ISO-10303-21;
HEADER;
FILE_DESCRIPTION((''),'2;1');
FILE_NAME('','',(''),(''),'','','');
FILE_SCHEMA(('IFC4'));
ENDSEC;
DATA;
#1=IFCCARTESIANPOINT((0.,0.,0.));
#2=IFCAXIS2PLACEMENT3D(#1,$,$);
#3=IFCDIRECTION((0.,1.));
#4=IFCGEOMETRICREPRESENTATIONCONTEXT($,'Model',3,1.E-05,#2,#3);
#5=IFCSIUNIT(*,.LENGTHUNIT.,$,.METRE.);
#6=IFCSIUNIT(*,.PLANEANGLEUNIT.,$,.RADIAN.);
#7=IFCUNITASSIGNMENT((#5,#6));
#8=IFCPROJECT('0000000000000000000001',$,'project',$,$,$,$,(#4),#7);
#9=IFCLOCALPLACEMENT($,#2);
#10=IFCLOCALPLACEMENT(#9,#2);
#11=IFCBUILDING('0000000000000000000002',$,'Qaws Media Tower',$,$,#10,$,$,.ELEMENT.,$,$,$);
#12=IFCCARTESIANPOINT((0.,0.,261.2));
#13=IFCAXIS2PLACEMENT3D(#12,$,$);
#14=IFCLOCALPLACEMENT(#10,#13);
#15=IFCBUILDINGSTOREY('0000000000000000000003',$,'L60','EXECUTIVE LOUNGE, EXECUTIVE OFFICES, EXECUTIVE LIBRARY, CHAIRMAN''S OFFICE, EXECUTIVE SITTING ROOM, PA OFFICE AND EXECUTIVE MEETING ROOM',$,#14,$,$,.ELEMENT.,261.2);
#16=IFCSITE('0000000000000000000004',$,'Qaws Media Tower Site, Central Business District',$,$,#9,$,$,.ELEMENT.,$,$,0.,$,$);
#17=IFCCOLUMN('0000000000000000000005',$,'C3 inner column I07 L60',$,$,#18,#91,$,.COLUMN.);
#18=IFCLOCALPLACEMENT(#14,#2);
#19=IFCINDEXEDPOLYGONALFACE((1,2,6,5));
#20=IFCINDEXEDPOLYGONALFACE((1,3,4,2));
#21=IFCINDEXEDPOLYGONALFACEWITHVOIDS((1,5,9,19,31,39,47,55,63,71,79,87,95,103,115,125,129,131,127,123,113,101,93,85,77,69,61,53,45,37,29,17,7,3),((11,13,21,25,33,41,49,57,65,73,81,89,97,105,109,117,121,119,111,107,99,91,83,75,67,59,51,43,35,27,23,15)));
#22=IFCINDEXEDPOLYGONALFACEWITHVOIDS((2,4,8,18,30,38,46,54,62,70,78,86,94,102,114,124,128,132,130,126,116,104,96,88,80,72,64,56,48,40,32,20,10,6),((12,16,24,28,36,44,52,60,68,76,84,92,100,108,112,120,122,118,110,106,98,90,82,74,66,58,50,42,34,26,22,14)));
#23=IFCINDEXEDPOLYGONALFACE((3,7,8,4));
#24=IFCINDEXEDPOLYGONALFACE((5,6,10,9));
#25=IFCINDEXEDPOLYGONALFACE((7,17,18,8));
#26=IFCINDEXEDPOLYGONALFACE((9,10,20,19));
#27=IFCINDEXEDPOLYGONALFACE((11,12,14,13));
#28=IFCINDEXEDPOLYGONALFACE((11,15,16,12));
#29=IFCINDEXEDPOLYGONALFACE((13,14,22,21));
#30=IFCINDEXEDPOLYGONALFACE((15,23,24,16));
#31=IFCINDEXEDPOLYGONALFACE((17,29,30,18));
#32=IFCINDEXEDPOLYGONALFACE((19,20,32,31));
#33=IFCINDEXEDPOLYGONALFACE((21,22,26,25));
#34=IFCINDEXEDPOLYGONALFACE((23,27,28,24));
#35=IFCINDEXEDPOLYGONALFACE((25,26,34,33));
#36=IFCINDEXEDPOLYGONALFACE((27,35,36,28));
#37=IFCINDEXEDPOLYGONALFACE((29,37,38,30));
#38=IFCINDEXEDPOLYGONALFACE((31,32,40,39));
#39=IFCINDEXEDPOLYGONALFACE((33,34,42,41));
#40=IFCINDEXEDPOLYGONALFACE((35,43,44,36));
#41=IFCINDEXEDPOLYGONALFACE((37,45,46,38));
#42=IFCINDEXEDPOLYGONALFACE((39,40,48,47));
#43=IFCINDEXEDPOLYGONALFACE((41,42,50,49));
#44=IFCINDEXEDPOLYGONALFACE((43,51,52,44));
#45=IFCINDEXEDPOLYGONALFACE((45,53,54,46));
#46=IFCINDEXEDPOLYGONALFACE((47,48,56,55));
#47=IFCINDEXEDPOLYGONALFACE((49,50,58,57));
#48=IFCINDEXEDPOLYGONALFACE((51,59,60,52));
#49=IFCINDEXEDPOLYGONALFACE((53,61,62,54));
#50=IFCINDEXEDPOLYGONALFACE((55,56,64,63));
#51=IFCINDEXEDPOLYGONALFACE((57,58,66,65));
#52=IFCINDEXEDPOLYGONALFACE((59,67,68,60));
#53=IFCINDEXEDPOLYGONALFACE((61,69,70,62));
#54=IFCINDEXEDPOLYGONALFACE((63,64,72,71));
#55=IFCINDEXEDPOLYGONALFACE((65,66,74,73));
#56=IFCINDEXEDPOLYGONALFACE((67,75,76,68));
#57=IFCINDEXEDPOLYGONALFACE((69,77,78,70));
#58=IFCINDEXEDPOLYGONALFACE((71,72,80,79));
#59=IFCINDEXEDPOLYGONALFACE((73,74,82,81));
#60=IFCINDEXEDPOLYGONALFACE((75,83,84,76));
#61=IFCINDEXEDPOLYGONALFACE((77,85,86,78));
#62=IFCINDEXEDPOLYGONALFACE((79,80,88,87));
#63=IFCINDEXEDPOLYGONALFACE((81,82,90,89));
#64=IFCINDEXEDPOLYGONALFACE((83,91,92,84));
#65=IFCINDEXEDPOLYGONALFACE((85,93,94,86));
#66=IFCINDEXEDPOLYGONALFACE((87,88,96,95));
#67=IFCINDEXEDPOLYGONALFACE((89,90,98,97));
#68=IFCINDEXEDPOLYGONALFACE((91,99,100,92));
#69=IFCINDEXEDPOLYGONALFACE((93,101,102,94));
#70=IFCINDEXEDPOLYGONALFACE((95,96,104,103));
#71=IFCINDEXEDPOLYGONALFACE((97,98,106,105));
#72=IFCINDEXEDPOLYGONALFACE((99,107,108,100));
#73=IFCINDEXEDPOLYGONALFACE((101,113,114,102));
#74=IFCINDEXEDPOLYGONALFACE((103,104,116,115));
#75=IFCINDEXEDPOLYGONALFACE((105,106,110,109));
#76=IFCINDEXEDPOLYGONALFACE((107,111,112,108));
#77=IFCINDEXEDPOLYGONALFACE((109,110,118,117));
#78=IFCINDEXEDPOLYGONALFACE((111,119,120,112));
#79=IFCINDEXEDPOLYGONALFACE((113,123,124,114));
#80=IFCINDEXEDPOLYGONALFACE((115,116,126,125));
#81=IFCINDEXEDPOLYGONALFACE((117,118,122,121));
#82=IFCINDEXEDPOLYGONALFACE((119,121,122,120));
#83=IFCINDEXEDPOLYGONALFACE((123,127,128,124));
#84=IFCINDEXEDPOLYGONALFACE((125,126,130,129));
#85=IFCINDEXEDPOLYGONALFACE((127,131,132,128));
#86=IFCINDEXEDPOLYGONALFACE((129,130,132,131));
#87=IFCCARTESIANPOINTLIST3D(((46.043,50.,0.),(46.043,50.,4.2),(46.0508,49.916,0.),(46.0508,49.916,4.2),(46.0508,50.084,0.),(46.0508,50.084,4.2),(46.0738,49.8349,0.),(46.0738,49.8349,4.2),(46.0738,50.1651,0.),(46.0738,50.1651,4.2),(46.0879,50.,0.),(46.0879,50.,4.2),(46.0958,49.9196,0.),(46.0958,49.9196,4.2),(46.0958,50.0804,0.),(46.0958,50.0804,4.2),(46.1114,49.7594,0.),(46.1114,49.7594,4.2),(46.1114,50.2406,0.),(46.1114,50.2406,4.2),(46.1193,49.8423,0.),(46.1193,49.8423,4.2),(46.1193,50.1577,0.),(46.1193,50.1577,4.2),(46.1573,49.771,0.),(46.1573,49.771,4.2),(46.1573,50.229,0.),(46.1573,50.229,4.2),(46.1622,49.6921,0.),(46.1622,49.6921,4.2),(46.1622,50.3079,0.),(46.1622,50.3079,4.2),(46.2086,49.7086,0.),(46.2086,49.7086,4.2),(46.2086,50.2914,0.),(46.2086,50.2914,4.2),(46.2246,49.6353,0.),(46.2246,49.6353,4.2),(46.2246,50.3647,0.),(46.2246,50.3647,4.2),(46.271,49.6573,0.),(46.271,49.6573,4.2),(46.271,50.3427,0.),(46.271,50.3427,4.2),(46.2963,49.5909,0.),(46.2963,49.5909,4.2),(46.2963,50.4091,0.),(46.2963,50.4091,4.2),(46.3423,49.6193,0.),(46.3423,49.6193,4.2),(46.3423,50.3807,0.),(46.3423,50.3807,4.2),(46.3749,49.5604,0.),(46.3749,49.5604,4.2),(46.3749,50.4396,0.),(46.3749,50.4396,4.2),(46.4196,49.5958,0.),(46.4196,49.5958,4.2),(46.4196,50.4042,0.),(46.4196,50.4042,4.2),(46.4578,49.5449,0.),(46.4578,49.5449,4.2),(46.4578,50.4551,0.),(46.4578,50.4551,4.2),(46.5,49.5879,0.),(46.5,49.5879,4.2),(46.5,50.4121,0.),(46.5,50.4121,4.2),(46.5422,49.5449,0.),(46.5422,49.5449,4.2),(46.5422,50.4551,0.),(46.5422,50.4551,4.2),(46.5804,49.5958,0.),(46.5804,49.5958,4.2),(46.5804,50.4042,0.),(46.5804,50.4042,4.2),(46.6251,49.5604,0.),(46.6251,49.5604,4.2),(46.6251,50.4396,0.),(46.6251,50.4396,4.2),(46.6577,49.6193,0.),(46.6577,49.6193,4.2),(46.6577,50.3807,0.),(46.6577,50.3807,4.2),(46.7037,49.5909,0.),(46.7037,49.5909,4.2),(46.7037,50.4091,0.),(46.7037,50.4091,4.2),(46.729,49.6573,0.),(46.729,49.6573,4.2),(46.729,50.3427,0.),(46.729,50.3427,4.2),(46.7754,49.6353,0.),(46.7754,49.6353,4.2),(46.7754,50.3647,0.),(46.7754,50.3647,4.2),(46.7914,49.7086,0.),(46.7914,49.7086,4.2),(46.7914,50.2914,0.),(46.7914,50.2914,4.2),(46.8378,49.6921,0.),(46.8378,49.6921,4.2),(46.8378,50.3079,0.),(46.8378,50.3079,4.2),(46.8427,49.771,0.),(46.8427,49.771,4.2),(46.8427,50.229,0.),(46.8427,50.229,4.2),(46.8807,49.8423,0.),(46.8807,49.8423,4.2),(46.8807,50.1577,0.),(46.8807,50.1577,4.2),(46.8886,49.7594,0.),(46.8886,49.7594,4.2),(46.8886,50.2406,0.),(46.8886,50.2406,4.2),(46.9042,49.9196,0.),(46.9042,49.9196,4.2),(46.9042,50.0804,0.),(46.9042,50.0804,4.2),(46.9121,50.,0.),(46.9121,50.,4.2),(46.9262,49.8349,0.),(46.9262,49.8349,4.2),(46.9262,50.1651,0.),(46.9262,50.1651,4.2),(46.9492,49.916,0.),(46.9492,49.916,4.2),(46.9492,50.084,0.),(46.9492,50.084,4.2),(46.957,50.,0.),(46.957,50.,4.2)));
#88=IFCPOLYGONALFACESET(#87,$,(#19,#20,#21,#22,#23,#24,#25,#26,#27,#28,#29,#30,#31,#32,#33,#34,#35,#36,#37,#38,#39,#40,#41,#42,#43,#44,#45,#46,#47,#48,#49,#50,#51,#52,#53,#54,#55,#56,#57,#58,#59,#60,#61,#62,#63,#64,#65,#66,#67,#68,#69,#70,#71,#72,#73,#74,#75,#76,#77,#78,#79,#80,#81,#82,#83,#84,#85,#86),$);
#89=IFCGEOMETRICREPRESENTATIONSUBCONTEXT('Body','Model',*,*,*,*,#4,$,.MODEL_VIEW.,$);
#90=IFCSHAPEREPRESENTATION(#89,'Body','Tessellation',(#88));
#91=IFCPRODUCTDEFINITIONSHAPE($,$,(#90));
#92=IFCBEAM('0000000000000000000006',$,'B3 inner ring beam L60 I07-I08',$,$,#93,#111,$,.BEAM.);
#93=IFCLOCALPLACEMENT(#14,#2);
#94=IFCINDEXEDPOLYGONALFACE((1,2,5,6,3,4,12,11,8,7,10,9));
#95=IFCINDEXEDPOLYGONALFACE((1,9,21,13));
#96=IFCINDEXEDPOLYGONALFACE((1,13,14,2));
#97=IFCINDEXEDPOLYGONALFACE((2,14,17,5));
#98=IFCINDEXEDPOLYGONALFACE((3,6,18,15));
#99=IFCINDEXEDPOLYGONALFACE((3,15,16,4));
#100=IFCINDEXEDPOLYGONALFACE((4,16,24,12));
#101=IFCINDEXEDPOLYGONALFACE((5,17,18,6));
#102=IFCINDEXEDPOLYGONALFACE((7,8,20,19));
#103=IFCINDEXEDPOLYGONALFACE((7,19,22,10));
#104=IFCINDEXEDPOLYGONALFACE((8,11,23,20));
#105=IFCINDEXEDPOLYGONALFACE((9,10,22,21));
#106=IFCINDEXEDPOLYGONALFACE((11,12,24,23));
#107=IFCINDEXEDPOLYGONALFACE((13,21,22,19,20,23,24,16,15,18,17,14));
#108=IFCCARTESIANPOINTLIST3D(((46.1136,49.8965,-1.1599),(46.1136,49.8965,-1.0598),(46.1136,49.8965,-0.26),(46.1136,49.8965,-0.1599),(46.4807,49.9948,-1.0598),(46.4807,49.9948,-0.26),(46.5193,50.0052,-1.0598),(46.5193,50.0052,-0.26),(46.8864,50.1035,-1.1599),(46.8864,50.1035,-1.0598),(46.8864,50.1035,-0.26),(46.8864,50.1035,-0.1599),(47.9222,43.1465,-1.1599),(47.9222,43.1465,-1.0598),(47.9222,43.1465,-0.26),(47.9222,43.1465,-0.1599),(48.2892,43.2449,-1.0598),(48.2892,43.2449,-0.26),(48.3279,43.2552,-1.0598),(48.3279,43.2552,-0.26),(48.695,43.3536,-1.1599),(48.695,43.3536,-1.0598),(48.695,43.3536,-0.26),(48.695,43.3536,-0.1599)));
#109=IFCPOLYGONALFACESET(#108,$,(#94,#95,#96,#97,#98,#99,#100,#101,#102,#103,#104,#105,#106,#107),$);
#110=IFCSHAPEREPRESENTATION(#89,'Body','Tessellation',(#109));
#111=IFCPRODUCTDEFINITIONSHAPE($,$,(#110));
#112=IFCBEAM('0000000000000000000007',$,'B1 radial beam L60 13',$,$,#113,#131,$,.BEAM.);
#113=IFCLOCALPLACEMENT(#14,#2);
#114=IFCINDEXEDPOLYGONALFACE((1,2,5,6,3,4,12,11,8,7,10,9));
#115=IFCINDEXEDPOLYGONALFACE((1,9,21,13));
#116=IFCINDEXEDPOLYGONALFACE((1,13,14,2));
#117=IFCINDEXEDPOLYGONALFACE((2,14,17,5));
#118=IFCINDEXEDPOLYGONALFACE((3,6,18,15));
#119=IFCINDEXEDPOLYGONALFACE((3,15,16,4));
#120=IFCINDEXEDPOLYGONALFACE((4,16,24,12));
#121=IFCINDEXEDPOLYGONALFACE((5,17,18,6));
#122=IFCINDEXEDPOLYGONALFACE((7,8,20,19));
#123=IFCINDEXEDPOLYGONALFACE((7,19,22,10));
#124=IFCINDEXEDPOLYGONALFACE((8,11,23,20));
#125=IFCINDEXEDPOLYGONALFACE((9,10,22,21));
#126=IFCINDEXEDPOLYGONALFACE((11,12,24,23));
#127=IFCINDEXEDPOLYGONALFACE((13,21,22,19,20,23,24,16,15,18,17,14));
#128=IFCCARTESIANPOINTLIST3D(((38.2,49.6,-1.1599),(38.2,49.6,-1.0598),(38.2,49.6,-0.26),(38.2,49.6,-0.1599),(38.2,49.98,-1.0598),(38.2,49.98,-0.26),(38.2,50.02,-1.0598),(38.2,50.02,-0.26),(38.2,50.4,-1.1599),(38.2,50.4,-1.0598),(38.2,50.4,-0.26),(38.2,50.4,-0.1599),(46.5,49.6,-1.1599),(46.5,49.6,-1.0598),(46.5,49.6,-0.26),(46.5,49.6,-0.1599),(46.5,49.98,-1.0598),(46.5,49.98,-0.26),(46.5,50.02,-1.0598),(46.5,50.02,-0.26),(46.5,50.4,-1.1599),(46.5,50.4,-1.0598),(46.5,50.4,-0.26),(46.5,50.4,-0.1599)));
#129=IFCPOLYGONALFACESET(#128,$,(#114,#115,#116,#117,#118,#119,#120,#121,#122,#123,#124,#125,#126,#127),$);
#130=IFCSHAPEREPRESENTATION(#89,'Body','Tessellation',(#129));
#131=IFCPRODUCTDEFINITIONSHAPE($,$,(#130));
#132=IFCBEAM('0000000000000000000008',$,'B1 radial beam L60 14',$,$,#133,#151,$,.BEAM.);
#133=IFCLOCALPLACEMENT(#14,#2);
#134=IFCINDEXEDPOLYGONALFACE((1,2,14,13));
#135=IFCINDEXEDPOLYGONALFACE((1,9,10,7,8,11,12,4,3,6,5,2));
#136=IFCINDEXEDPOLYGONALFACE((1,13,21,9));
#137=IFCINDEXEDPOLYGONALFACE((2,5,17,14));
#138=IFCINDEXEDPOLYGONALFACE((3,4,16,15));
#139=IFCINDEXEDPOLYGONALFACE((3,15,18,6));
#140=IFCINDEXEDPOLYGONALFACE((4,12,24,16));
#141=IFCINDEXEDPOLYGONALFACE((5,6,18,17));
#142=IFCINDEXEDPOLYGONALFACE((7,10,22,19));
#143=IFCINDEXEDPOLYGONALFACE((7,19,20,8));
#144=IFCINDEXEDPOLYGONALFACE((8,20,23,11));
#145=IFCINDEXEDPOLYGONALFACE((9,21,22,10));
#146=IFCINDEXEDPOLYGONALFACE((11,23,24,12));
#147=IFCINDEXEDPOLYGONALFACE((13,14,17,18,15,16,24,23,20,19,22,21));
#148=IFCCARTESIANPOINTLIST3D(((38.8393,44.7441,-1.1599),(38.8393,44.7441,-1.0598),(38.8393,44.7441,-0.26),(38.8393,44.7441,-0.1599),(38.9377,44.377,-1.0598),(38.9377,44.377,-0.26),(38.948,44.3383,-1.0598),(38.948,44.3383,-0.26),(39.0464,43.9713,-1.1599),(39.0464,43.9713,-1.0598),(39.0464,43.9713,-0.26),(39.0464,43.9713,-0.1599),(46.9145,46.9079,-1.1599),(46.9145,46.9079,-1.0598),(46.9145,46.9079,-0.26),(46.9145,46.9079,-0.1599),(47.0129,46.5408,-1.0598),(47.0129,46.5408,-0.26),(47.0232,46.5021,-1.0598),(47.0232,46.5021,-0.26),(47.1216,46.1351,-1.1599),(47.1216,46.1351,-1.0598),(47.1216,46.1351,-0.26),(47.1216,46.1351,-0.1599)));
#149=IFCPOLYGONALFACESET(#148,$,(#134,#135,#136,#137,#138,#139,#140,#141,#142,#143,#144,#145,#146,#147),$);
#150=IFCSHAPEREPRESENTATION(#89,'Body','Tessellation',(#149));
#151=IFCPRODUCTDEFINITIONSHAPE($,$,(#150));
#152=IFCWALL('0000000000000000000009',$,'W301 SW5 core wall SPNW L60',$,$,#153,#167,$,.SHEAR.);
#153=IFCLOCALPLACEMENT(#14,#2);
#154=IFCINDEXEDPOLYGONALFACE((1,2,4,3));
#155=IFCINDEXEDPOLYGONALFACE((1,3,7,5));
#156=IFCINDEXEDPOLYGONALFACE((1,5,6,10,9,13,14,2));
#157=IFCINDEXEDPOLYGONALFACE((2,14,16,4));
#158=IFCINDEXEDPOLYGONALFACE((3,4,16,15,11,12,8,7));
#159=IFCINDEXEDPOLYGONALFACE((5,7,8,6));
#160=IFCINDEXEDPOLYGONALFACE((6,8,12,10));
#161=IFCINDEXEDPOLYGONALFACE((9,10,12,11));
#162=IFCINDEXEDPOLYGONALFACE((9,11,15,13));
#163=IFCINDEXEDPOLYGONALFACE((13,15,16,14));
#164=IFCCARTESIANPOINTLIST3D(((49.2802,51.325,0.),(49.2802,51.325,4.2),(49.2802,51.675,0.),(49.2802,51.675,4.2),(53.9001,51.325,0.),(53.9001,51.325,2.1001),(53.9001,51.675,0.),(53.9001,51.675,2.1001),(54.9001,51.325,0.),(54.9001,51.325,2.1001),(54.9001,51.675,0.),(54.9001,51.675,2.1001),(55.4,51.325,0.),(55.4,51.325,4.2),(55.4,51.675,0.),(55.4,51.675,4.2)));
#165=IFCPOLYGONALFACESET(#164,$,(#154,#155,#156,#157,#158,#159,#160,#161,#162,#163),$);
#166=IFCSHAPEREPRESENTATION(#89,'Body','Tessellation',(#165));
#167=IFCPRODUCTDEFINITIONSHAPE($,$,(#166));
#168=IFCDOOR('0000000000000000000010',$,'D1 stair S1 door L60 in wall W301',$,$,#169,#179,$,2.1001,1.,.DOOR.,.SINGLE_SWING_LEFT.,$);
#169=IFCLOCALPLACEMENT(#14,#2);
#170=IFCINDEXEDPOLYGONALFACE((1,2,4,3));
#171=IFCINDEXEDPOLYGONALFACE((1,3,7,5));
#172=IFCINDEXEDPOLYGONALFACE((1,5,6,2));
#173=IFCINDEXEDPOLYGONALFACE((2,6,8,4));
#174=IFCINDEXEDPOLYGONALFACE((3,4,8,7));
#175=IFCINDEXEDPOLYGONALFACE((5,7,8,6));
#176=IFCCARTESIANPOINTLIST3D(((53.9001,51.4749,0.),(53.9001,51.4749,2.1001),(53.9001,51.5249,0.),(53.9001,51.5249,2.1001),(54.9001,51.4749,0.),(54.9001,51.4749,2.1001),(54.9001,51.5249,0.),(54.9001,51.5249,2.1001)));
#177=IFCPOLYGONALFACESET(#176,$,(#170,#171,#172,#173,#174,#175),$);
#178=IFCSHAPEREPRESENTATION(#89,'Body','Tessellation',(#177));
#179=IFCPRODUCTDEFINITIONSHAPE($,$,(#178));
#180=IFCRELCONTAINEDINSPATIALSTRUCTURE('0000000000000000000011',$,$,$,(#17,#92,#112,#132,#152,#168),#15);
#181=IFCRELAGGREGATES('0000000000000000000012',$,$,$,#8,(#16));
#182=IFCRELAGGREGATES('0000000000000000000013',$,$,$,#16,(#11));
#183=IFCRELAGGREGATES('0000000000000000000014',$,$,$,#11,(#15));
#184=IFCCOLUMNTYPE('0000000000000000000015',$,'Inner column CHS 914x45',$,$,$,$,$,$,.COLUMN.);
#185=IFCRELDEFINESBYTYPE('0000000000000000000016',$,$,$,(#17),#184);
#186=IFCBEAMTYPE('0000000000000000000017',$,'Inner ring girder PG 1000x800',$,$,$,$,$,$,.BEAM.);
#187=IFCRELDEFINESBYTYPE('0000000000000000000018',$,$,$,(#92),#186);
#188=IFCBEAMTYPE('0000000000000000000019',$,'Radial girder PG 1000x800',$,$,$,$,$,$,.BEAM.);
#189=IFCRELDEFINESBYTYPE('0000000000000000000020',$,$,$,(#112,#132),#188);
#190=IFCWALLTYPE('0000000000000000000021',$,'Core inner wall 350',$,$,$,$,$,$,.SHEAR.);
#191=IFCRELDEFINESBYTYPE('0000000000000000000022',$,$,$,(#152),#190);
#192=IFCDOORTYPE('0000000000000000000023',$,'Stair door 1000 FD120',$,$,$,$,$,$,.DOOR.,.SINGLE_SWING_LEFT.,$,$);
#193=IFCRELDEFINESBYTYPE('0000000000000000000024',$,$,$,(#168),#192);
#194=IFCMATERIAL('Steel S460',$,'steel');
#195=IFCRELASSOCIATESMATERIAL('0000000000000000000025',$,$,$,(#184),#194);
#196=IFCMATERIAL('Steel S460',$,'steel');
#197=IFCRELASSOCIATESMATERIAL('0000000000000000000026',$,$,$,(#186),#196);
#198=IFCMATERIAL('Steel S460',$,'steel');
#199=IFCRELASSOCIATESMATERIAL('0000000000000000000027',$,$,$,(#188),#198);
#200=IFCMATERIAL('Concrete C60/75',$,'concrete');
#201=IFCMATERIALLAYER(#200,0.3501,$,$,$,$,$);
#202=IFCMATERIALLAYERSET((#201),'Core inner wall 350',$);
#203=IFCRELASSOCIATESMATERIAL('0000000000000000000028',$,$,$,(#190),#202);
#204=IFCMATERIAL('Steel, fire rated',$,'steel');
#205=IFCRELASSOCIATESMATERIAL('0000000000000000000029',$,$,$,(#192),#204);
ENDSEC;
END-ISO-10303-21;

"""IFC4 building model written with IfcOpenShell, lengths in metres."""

from ifc_helpers import new_model, si_unit, direction, frame, frame_2d, origin, origin_2d, place, context, subcontext, project, spatial, rectangle, hollow_circle, i_section, extrude, material, layer, layer_set, material_profile, profile_set, type_object, element, fill, save


model = new_model("IFC4")

# Units and contexts
model_context = context("Model", 3, precision=1e-05, world=origin(), true_north=direction((0.0, 1.0)))
body_context = subcontext(model_context, "Body", "Model", "MODEL_VIEW")
ifc_project = project(units=[si_unit("LENGTHUNIT", "METRE"), si_unit("PLANEANGLEUNIT", "RADIAN")], contexts=[model_context])

# Site, building, storey
site_placement = place(None, origin())
site = spatial("IfcSite", under=ifc_project, at=site_placement, Name="Qaws Media Tower Site, Central Business District", CompositionType="ELEMENT", RefElevation=0.0)
building_placement = place(site_placement, origin())
building = spatial("IfcBuilding", under=site, at=building_placement, Name="Qaws Media Tower", CompositionType="ELEMENT")
storey_placement = place(building_placement, frame((0.0, 0.0, 261.2)))
storey = spatial("IfcBuildingStorey", under=building, at=storey_placement, Name="L60", Description="EXECUTIVE LOUNGE, EXECUTIVE OFFICES, EXECUTIVE LIBRARY, CHAIRMAN'S OFFICE, EXECUTIVE SITTING ROOM, PA OFFICE AND EXECUTIVE MEETING ROOM", CompositionType="ELEMENT", Elevation=261.2)

# Column
ifc_material_1 = material(Name="Steel S460", Category="steel")
ifc_material_profile_1 = material_profile(ifc_material_1, hollow_circle(Radius=0.457, WallThickness=0.0449, at=origin_2d()), Name="CHS 914x45")
ifc_profile_set_1 = profile_set([ifc_material_profile_1], Name="Steel S460")
column_type = type_object("IfcColumnType", Name="Inner column CHS 914x45", PredefinedType="COLUMN", material=ifc_profile_set_1)
column_placement = place(storey_placement, frame((46.5, 50.0, 0.0), z_axis=(0.0, 0.0, 1.0), x_axis=(1.0, 0.0, 0.0)))
element("IfcColumn", 1, at=column_placement, inside=storey, type_object=column_type, Name="C3 inner column I07 L60", PredefinedType="COLUMN", context=body_context, shape_type="SweptSolid", body=[
    extrude(hollow_circle(Radius=0.457, WallThickness=0.0449, at=origin_2d()), origin(), (0.0, 0.0, 1.0), 4.2),
])

# Beams
ifc_material_2 = material(Name="Steel S460", Category="steel")
ifc_material_profile_2 = material_profile(ifc_material_2, i_section(OverallWidth=0.8, OverallDepth=1.0, WebThickness=0.04, FlangeThickness=0.1001, at=origin_2d()), Name="PG 1000x800")
ifc_profile_set_2 = profile_set([ifc_material_profile_2], Name="Steel S460")
beam_type_1 = type_object("IfcBeamType", Name="Inner ring girder PG 1000x800", PredefinedType="BEAM", material=ifc_profile_set_2)
beam_1_placement = place(storey_placement, frame((46.5, 50.0, -0.6599), z_axis=(0.258811, -0.965928, 0.0), x_axis=(0.965928, 0.258811, 0.0)))
element("IfcBeam", 2, at=beam_1_placement, inside=storey, type_object=beam_type_1, Name="B3 inner ring beam L60 I07-I08", PredefinedType="BEAM", context=body_context, shape_type="SweptSolid", body=[
    extrude(i_section(OverallWidth=0.8, OverallDepth=1.0, WebThickness=0.04, FlangeThickness=0.1001, at=origin_2d()), origin(), (0.0, 0.0, 1.0), 6.988),
])
ifc_material_3 = material(Name="Steel S460", Category="steel")
ifc_material_profile_3 = material_profile(ifc_material_3, i_section(OverallWidth=0.8, OverallDepth=1.0, WebThickness=0.04, FlangeThickness=0.1001, at=origin_2d()), Name="PG 1000x800")
ifc_profile_set_3 = profile_set([ifc_material_profile_3], Name="Steel S460")
beam_type_2 = type_object("IfcBeamType", Name="Radial girder PG 1000x800", PredefinedType="BEAM", material=ifc_profile_set_3)
beam_2_placement = place(storey_placement, frame((46.5, 50.0, -0.6599), z_axis=(-1.0, 0.0, 0.0), x_axis=(0.0, -1.0, 0.0)))
element("IfcBeam", 3, at=beam_2_placement, inside=storey, type_object=beam_type_2, Name="B1 radial beam L60 13", PredefinedType="BEAM", context=body_context, shape_type="SweptSolid", body=[
    extrude(i_section(OverallWidth=0.8, OverallDepth=1.0, WebThickness=0.04, FlangeThickness=0.1001, at=origin_2d()), origin(), (0.0, 0.0, 1.0), 8.3),
])
beam_3_placement = place(storey_placement, frame((47.0181, 46.5215, -0.6599), z_axis=(-0.965924, -0.258828, 0.0), x_axis=(0.258828, -0.965924, 0.0)))
element("IfcBeam", 4, at=beam_3_placement, inside=storey, type_object=beam_type_2, Name="B1 radial beam L60 14", PredefinedType="BEAM", context=body_context, shape_type="SweptSolid", body=[
    extrude(i_section(OverallWidth=0.8, OverallDepth=1.0, WebThickness=0.04, FlangeThickness=0.1001, at=origin_2d()), origin(), (0.0, 0.0, 1.0), 8.3601),
])

# Wall, opening, door
ifc_material_4 = material(Name="Concrete C60/75", Category="concrete")
ifc_layer_1 = layer(ifc_material_4, 0.3501)
ifc_layer_set_1 = layer_set([ifc_layer_1], Name="Core inner wall 350")
wall_type_1 = type_object("IfcWallType", Name="Core inner wall 350", PredefinedType="SHEAR", material=ifc_layer_set_1)
wall_1_placement = place(storey_placement, frame((49.28, 51.5, 0.0), z_axis=(0.0, 0.0, 1.0), x_axis=(1.0, 0.0, 0.0)))
wall_1 = element("IfcWall", 5, at=wall_1_placement, inside=storey, type_object=wall_type_1, Name="W301 SW5 core wall SPNW L60", PredefinedType="SHEAR", context=body_context, shape_type="SweptSolid", body=[
    extrude(rectangle(XDim=6.1199, YDim=0.3501, at=frame_2d((3.0601, 0.0))), origin(), (0.0, 0.0, 1.0), 4.2),
])
opening_1_placement = place(wall_1_placement, frame((4.6201, 0.0, 0.0)))
opening_1 = element("IfcOpeningElement", 6, at=opening_1_placement, cuts=wall_1, PredefinedType="OPENING", context=body_context, shape_type="SweptSolid", body=[
    extrude(rectangle(XDim=1.0, YDim=2.1001, at=frame_2d((0.5, 1.05))), frame((0.0, 0.1851, 0.0), z_axis=(0.0, -1.0, 0.0), x_axis=(1.0, 0.0, 0.0)), (0.0, 0.0, 1.0), 0.3701),
])
ifc_material_5 = material(Name="Steel, fire rated", Category="steel")
door_type_1 = type_object("IfcDoorType", Name="Stair door 1000 FD120", OperationType="SINGLE_SWING_LEFT", PredefinedType="DOOR", material=ifc_material_5)
door_1_placement = place(opening_1_placement, origin())
door_1 = element("IfcDoor", 7, at=door_1_placement, inside=storey, type_object=door_type_1, Name="D1 stair S1 door L60 in wall W301", OperationType="SINGLE_SWING_LEFT", OverallHeight=2.1001, OverallWidth=1.0, PredefinedType="DOOR", context=body_context, shape_type="SweptSolid", body=[
    extrude(rectangle(XDim=1.0, YDim=2.1001, at=frame_2d((0.5, 1.05))), frame((0.0, 0.0249, 0.0), z_axis=(0.0, -1.0, 0.0), x_axis=(1.0, 0.0, 0.0)), (0.0, 0.0, 1.0), 0.05),
])
fill(opening_1, door_1)

save(model, "model.ifc")
